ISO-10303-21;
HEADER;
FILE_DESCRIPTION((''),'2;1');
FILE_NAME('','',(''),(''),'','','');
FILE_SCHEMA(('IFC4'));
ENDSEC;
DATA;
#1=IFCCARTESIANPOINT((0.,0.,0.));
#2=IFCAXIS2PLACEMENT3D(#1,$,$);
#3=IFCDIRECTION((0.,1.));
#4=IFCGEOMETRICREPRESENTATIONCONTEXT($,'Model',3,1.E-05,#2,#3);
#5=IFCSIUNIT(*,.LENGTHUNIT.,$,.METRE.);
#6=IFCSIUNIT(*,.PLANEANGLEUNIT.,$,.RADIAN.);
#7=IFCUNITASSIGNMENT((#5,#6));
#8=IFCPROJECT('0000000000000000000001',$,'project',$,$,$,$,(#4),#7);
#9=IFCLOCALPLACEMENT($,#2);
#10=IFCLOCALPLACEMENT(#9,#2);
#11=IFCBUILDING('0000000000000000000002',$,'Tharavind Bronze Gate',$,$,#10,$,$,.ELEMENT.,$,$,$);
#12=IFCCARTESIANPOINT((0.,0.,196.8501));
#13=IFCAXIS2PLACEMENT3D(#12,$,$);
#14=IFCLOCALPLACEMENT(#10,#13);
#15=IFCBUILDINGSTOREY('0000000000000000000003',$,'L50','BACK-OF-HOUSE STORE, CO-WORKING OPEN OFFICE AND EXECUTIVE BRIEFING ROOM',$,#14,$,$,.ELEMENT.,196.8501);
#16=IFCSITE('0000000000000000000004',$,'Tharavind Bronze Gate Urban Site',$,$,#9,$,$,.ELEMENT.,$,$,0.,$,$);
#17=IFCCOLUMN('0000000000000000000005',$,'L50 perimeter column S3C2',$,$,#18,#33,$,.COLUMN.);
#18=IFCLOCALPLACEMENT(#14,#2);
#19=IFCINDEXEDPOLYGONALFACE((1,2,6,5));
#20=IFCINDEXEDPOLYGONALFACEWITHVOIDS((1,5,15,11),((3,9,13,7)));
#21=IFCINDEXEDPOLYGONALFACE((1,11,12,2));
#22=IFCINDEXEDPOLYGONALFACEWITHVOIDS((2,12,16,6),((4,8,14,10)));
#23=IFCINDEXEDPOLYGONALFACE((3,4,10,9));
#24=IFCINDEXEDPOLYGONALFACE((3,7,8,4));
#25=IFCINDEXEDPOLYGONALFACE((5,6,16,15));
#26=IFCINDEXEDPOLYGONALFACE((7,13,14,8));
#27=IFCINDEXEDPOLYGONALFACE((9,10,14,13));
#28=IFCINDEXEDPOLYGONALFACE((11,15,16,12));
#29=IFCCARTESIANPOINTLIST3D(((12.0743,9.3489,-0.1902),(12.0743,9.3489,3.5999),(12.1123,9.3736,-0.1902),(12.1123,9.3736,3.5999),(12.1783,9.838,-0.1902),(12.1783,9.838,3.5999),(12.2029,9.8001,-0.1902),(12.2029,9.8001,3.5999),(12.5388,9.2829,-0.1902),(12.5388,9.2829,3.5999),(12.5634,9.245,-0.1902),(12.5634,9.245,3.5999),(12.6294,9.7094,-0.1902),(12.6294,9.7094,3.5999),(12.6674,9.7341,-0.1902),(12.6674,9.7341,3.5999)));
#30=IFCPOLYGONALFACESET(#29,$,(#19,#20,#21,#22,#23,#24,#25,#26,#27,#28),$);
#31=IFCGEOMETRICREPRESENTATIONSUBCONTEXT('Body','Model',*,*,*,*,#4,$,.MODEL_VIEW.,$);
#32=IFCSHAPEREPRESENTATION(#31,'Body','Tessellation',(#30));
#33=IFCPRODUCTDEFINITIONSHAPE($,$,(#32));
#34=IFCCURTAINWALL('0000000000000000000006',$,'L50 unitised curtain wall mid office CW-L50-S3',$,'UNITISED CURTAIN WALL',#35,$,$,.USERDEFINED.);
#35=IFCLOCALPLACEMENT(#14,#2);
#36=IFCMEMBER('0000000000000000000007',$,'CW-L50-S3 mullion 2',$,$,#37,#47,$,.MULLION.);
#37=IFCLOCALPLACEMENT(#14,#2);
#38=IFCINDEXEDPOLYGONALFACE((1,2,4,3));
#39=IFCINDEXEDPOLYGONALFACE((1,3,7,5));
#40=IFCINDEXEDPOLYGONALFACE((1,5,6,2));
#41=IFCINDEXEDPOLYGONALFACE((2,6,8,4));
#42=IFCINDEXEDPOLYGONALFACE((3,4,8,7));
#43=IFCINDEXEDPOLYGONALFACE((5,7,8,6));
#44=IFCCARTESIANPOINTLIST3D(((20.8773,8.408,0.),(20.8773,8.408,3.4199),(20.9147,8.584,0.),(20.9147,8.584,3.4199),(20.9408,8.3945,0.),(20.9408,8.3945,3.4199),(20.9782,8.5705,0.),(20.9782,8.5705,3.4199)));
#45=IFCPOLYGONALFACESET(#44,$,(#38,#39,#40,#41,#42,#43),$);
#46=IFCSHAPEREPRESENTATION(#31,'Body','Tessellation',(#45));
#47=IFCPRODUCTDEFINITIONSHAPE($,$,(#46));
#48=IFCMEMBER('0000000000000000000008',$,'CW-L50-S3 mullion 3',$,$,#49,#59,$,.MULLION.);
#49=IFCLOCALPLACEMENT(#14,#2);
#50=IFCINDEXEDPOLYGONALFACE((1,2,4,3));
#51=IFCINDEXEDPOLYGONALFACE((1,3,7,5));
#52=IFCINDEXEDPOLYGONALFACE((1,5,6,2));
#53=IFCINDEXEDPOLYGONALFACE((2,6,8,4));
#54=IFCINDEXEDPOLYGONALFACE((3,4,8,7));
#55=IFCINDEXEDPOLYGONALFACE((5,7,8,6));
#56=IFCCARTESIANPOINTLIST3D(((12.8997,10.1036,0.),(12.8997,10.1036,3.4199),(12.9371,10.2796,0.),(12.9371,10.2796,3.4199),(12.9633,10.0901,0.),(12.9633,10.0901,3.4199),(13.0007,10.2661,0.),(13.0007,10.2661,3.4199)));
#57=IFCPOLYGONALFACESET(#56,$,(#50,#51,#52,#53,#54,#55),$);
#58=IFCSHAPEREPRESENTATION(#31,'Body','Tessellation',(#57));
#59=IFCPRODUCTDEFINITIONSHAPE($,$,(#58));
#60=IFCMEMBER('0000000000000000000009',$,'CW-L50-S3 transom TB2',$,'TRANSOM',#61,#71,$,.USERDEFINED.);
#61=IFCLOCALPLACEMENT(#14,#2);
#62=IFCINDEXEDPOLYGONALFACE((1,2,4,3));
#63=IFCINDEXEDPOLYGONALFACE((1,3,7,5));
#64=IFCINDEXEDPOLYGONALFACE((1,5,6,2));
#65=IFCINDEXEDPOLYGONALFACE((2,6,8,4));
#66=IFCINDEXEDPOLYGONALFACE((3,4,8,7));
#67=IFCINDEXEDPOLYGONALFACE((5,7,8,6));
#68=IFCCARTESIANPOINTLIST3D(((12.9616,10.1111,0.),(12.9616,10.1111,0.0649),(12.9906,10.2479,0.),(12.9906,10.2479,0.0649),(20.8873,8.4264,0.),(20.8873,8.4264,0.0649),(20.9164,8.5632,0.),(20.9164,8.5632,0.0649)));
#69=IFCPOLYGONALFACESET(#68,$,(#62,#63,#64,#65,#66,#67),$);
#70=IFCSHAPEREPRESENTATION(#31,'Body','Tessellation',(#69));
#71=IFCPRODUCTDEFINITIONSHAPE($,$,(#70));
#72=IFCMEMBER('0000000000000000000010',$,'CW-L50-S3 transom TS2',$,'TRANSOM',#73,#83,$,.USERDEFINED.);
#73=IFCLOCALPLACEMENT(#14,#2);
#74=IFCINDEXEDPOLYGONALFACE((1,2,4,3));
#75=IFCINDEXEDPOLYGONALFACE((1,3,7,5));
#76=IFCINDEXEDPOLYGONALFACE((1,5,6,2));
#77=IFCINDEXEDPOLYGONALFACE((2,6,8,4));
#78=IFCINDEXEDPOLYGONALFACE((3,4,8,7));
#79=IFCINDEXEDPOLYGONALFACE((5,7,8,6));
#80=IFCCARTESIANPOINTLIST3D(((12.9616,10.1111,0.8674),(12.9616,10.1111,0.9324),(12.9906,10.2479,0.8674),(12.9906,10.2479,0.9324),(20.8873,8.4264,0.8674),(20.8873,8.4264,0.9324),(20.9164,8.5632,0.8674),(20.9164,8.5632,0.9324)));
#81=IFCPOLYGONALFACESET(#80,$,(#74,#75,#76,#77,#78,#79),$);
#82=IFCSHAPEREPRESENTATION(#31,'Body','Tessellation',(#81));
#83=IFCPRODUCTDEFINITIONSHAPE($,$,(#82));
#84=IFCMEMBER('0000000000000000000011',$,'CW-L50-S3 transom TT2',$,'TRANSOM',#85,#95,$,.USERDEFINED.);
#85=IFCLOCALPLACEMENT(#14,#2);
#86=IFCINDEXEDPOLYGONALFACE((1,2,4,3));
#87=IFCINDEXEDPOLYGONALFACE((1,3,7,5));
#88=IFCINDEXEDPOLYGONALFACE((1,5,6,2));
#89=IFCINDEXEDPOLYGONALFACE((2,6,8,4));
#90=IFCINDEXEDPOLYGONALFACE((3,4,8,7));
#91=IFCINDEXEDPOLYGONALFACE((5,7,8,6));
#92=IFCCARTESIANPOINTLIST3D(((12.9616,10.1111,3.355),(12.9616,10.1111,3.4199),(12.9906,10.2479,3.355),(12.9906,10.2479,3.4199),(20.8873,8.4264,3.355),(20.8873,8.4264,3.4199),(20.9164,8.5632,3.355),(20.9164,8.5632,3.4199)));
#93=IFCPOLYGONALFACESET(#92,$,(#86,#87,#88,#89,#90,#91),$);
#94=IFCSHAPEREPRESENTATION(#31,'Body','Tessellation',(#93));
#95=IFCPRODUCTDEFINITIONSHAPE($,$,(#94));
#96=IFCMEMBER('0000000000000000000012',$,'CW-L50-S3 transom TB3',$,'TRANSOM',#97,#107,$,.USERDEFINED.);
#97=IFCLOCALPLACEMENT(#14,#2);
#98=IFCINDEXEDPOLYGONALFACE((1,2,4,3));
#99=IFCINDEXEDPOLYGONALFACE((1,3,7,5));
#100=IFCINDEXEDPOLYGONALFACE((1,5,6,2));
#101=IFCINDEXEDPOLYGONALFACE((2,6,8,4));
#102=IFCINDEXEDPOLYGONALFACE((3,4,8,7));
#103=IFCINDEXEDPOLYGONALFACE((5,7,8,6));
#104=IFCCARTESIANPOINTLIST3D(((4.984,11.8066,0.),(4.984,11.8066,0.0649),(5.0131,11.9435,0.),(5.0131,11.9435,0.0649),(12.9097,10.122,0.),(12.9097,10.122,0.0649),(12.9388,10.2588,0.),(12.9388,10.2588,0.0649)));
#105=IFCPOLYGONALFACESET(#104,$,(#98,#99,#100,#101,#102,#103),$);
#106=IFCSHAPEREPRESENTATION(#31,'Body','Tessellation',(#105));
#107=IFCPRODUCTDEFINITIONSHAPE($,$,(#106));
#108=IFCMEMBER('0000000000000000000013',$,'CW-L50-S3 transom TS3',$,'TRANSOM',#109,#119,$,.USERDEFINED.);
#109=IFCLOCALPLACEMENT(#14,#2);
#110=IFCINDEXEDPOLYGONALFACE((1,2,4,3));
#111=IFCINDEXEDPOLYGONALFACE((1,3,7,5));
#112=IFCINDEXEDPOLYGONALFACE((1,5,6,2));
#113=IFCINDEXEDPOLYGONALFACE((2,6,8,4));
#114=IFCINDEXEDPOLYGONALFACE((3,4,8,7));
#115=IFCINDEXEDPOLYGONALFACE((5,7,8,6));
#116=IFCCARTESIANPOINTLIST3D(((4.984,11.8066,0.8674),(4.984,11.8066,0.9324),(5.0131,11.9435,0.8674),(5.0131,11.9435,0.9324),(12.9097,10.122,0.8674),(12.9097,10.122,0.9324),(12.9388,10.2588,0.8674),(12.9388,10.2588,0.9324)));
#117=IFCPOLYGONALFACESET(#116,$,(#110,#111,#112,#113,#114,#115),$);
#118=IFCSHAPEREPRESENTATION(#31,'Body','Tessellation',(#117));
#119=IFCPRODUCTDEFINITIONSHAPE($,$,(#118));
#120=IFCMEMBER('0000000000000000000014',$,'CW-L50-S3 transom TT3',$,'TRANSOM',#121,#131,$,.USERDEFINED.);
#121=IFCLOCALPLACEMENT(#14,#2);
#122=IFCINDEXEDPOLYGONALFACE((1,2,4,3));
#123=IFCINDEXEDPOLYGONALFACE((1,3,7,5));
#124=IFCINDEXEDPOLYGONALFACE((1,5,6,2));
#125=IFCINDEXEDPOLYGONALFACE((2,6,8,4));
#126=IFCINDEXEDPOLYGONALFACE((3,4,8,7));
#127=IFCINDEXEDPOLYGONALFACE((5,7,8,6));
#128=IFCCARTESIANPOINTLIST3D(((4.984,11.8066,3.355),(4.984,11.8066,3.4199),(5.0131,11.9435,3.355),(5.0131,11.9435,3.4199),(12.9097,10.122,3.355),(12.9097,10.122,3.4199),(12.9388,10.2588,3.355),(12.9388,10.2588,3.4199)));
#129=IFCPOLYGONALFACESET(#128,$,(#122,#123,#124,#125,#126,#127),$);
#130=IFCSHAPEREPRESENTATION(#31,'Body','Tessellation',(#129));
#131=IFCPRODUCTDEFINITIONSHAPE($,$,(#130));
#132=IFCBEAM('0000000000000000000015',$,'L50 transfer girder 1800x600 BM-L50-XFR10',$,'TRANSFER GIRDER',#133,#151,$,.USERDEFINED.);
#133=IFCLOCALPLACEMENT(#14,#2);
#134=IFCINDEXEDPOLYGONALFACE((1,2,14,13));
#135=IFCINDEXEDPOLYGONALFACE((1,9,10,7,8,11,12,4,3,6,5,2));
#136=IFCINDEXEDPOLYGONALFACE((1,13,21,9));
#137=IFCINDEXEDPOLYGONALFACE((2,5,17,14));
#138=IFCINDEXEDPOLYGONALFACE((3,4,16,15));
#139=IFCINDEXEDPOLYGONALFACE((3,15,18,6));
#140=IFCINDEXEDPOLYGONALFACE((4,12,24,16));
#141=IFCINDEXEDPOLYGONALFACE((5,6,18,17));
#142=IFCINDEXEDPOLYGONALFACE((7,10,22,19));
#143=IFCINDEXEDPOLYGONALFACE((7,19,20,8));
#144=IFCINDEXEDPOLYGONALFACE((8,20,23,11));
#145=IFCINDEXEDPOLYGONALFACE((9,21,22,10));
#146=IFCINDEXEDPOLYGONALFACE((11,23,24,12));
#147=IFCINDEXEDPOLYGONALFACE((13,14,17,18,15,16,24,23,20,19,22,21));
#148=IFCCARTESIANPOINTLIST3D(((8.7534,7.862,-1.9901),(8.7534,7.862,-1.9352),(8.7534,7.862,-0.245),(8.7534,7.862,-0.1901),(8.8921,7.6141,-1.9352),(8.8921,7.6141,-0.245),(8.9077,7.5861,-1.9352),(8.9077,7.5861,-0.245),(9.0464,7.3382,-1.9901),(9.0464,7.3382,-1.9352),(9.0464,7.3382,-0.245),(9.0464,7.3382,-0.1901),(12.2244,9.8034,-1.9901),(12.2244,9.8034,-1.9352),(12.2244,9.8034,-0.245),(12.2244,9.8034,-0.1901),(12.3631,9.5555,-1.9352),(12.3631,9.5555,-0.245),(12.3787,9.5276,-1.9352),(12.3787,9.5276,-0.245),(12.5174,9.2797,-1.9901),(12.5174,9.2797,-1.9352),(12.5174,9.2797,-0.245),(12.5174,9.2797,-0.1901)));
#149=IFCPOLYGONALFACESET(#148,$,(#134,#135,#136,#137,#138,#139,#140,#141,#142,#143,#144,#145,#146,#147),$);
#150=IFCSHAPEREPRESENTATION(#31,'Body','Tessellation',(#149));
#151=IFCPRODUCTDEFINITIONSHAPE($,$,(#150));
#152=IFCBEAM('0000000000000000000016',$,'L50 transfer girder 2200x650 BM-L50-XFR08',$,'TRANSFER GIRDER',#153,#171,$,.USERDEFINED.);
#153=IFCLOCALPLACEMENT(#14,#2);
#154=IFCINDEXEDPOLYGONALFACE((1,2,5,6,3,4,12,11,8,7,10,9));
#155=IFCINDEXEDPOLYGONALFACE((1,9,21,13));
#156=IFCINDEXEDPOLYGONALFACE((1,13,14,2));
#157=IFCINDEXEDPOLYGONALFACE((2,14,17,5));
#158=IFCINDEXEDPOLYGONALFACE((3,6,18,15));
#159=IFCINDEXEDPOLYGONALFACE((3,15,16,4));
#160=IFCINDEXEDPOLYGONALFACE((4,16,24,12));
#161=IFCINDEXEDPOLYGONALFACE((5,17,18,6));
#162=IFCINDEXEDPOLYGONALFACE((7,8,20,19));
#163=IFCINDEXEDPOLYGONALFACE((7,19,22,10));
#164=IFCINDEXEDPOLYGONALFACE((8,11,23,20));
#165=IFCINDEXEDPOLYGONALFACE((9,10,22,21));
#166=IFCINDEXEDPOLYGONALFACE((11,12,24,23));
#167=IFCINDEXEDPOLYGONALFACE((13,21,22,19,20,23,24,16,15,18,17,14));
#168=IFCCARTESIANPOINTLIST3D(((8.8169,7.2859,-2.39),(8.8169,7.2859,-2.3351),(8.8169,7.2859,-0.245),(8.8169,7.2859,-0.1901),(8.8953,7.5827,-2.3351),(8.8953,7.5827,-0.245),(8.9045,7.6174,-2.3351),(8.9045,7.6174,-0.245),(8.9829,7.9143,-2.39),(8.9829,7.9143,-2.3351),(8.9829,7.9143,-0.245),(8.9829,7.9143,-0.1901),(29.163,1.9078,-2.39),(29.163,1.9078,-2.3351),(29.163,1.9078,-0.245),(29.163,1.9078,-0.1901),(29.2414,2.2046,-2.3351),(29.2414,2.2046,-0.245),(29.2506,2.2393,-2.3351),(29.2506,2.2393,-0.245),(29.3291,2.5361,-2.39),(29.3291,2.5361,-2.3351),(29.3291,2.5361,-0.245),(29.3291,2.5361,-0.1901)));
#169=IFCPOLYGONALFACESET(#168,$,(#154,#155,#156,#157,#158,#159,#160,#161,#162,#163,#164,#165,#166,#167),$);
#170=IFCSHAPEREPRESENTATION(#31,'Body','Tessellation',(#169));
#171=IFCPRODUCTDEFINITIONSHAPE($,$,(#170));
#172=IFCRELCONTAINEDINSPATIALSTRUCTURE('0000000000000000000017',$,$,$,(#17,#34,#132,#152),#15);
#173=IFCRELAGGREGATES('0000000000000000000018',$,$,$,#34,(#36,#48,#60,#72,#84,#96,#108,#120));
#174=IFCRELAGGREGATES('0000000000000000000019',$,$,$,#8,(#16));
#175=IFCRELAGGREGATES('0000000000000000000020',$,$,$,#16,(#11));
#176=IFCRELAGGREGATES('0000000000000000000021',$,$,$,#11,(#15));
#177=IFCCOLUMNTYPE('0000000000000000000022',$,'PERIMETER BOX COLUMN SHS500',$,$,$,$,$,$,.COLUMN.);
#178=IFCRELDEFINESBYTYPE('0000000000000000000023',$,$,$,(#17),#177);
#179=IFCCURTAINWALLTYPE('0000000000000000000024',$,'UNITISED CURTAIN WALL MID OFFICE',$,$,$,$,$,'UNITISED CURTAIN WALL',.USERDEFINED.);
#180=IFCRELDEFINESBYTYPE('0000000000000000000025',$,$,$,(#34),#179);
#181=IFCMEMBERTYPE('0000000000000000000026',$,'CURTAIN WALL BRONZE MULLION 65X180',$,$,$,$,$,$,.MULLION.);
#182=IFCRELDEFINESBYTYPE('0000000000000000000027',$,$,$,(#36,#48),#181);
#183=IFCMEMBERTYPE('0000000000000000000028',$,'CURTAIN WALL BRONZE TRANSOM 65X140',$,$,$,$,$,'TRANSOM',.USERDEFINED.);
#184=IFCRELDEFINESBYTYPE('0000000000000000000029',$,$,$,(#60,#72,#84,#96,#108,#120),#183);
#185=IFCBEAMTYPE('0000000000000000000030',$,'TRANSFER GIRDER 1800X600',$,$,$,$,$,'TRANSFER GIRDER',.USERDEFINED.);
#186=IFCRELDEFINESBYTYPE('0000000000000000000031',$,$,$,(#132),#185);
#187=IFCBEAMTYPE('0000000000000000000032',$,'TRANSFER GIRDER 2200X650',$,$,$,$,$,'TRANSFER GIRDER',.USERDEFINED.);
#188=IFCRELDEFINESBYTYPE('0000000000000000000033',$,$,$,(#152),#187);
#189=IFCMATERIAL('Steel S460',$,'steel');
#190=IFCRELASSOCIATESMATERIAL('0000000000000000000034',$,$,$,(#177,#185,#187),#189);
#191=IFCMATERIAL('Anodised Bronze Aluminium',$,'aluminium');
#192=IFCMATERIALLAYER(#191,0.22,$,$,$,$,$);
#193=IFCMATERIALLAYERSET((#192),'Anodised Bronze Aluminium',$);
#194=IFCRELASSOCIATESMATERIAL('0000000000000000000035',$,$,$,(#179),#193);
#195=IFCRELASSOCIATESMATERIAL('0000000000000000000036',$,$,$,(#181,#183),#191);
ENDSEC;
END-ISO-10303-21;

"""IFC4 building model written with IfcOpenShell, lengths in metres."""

from ifc_helpers import new_model, si_unit, direction, frame, origin, origin_2d, place, context, subcontext, project, spatial, rectangle, hollow_rectangle, i_section, extrude, material, layer, layer_set, material_profile, profile_set, type_object, element, aggregate, save


model = new_model("IFC4")

# Units and contexts
model_context = context("Model", 3, precision=1e-05, world=origin(), true_north=direction((0.0, 1.0)))
body_context = subcontext(model_context, "Body", "Model", "MODEL_VIEW")
ifc_project = project(units=[si_unit("LENGTHUNIT", "METRE"), si_unit("PLANEANGLEUNIT", "RADIAN")], contexts=[model_context])

# Site, building, storey
site_placement = place(None, origin())
site = spatial("IfcSite", under=ifc_project, at=site_placement, Name="Tharavind Bronze Gate Urban Site", CompositionType="ELEMENT", RefElevation=0.0)
building_placement = place(site_placement, origin())
building = spatial("IfcBuilding", under=site, at=building_placement, Name="Tharavind Bronze Gate", CompositionType="ELEMENT")
storey_placement = place(building_placement, frame((0.0, 0.0, 196.8501)))
storey = spatial("IfcBuildingStorey", under=building, at=storey_placement, Name="L50", Description="BACK-OF-HOUSE STORE, CO-WORKING OPEN OFFICE AND EXECUTIVE BRIEFING ROOM", CompositionType="ELEMENT", Elevation=196.8501)

# Column
ifc_material_1 = material(Name="Steel S460", Category="steel")
ifc_material_profile_1 = material_profile(ifc_material_1, hollow_rectangle(XDim=0.5, YDim=0.5, WallThickness=0.032, at=origin_2d()), Name="SHS500X32")
ifc_profile_set_1 = profile_set([ifc_material_profile_1], Name="Steel S460")
column_type = type_object("IfcColumnType", Name="PERIMETER BOX COLUMN SHS500", PredefinedType="COLUMN", material=ifc_profile_set_1)
column_placement = place(storey_placement, frame((12.3708, 9.5415, -0.1902), z_axis=(0.0, 0.0, 1.0), x_axis=(-0.978148, 0.207912, 0.0)))
element("IfcColumn", 1, at=column_placement, inside=storey, type_object=column_type, Name="L50 perimeter column S3C2", PredefinedType="COLUMN", context=body_context, shape_type="SweptSolid", body=[
    extrude(hollow_rectangle(XDim=0.5, YDim=0.5, WallThickness=0.032, at=origin_2d()), origin(), (0.0, 0.0, 1.0), 3.79),
])

# Curtain wall, members
ifc_material_2 = material(Name="Anodised Bronze Aluminium", Category="aluminium")
ifc_layer_1 = layer(ifc_material_2, 0.22)
ifc_layer_set_1 = layer_set([ifc_layer_1], Name="Anodised Bronze Aluminium")
curtain_wall_type = type_object("IfcCurtainWallType", Name="UNITISED CURTAIN WALL MID OFFICE", ElementType="UNITISED CURTAIN WALL", PredefinedType="USERDEFINED", material=ifc_layer_set_1)
curtain_wall_placement = place(storey_placement, origin())
curtain_wall = element("IfcCurtainWall", 2, at=curtain_wall_placement, inside=storey, type_object=curtain_wall_type, Name="L50 unitised curtain wall mid office CW-L50-S3", ObjectType="UNITISED CURTAIN WALL", PredefinedType="USERDEFINED")
member_type_1 = type_object("IfcMemberType", Name="CURTAIN WALL BRONZE MULLION 65X180", PredefinedType="MULLION", material=ifc_material_2)
member_1_placement = place(storey_placement, frame((20.9277, 8.4893, 0.0), z_axis=(0.0, 0.0, 1.0), x_axis=(-0.978148, 0.207912, 0.0)))
member_1 = element("IfcMember", 3, at=member_1_placement, type_object=member_type_1, Name="CW-L50-S3 mullion 2", PredefinedType="MULLION", context=body_context, shape_type="SweptSolid", body=[
    extrude(rectangle(XDim=0.0649, YDim=0.1799, at=origin_2d()), origin(), (0.0, 0.0, 1.0), 3.4199),
])
member_2_placement = place(storey_placement, frame((12.9502, 10.1848, 0.0), z_axis=(0.0, 0.0, 1.0), x_axis=(-0.978148, 0.207912, 0.0)))
member_2 = element("IfcMember", 4, at=member_2_placement, type_object=member_type_1, Name="CW-L50-S3 mullion 3", PredefinedType="MULLION", context=body_context, shape_type="SweptSolid", body=[
    extrude(rectangle(XDim=0.0649, YDim=0.1799, at=origin_2d()), origin(), (0.0, 0.0, 1.0), 3.4199),
])
member_type_2 = type_object("IfcMemberType", Name="CURTAIN WALL BRONZE TRANSOM 65X140", ElementType="TRANSOM", PredefinedType="USERDEFINED", material=ifc_material_2)
member_3_placement = place(storey_placement, frame((16.939, 9.3372, 0.0), z_axis=(0.0, 0.0, 1.0), x_axis=(-0.978148, 0.207912, 0.0)))
member_3 = element("IfcMember", 5, at=member_3_placement, type_object=member_type_2, Name="CW-L50-S3 transom TB2", ObjectType="TRANSOM", PredefinedType="USERDEFINED", context=body_context, shape_type="SweptSolid", body=[
    extrude(rectangle(XDim=8.1028, YDim=0.1399, at=origin_2d()), origin(), (0.0, 0.0, 1.0), 0.0649),
])
member_4_placement = place(storey_placement, frame((16.939, 9.3372, 0.8674), z_axis=(0.0, 0.0, 1.0), x_axis=(-0.978148, 0.207912, 0.0)))
member_4 = element("IfcMember", 6, at=member_4_placement, type_object=member_type_2, Name="CW-L50-S3 transom TS2", ObjectType="TRANSOM", PredefinedType="USERDEFINED", context=body_context, shape_type="SweptSolid", body=[
    extrude(rectangle(XDim=8.1028, YDim=0.1399, at=origin_2d()), origin(), (0.0, 0.0, 1.0), 0.0649),
])
member_5_placement = place(storey_placement, frame((16.939, 9.3372, 3.355), z_axis=(0.0, 0.0, 1.0), x_axis=(-0.978148, 0.207912, 0.0)))
member_5 = element("IfcMember", 7, at=member_5_placement, type_object=member_type_2, Name="CW-L50-S3 transom TT2", ObjectType="TRANSOM", PredefinedType="USERDEFINED", context=body_context, shape_type="SweptSolid", body=[
    extrude(rectangle(XDim=8.1028, YDim=0.1399, at=origin_2d()), origin(), (0.0, 0.0, 1.0), 0.0649),
])
member_6_placement = place(storey_placement, frame((8.9614, 11.0327, 0.0), z_axis=(0.0, 0.0, 1.0), x_axis=(-0.978148, 0.207912, 0.0)))
member_6 = element("IfcMember", 8, at=member_6_placement, type_object=member_type_2, Name="CW-L50-S3 transom TB3", ObjectType="TRANSOM", PredefinedType="USERDEFINED", context=body_context, shape_type="SweptSolid", body=[
    extrude(rectangle(XDim=8.1028, YDim=0.1399, at=origin_2d()), origin(), (0.0, 0.0, 1.0), 0.0649),
])
member_7_placement = place(storey_placement, frame((8.9614, 11.0327, 0.8674), z_axis=(0.0, 0.0, 1.0), x_axis=(-0.978148, 0.207912, 0.0)))
member_7 = element("IfcMember", 9, at=member_7_placement, type_object=member_type_2, Name="CW-L50-S3 transom TS3", ObjectType="TRANSOM", PredefinedType="USERDEFINED", context=body_context, shape_type="SweptSolid", body=[
    extrude(rectangle(XDim=8.1028, YDim=0.1399, at=origin_2d()), origin(), (0.0, 0.0, 1.0), 0.0649),
])
member_8_placement = place(storey_placement, frame((8.9614, 11.0327, 3.355), z_axis=(0.0, 0.0, 1.0), x_axis=(-0.978148, 0.207912, 0.0)))
member_8 = element("IfcMember", 10, at=member_8_placement, type_object=member_type_2, Name="CW-L50-S3 transom TT3", ObjectType="TRANSOM", PredefinedType="USERDEFINED", context=body_context, shape_type="SweptSolid", body=[
    extrude(rectangle(XDim=8.1028, YDim=0.1399, at=origin_2d()), origin(), (0.0, 0.0, 1.0), 0.0649),
])

# Beams
ifc_material_profile_2 = material_profile(ifc_material_1, i_section(OverallWidth=0.6001, OverallDepth=1.8, WebThickness=0.032, FlangeThickness=0.0549, at=origin_2d()), Name="PG1800X600")
ifc_profile_set_2 = profile_set([ifc_material_profile_2], Name="Steel S460")
beam_type_1 = type_object("IfcBeamType", Name="TRANSFER GIRDER 1800X600", ElementType="TRANSFER GIRDER", PredefinedType="USERDEFINED", material=ifc_profile_set_2)
beam_1_placement = place(storey_placement, frame((8.8999, 7.6001, -1.0901), z_axis=(0.872755, 0.488158, 0.0), x_axis=(-0.488158, 0.872755, 0.0)))
element("IfcBeam", 11, at=beam_1_placement, inside=storey, type_object=beam_type_1, Name="L50 transfer girder 1800x600 BM-L50-XFR10", ObjectType="TRANSFER GIRDER", PredefinedType="USERDEFINED", context=body_context, shape_type="SweptSolid", body=[
    extrude(i_section(OverallWidth=0.6001, OverallDepth=1.8, WebThickness=0.032, FlangeThickness=0.0549, at=origin_2d()), origin(), (0.0, 0.0, 1.0), 3.9771),
])
ifc_material_profile_3 = material_profile(ifc_material_1, i_section(OverallWidth=0.6499, OverallDepth=2.2, WebThickness=0.0359, FlangeThickness=0.0549, at=origin_2d()), Name="PG2200X650")
ifc_profile_set_3 = profile_set([ifc_material_profile_3], Name="Steel S460")
beam_type_2 = type_object("IfcBeamType", Name="TRANSFER GIRDER 2200X650", ElementType="TRANSFER GIRDER", PredefinedType="USERDEFINED", material=ifc_profile_set_3)
beam_2_placement = place(storey_placement, frame((8.8999, 7.6001, -1.29), z_axis=(0.966794, -0.255556, 0.0), x_axis=(0.255556, 0.966794, 0.0)))
element("IfcBeam", 12, at=beam_2_placement, inside=storey, type_object=beam_type_2, Name="L50 transfer girder 2200x650 BM-L50-XFR08", ObjectType="TRANSFER GIRDER", PredefinedType="USERDEFINED", context=body_context, shape_type="SweptSolid", body=[
    extrude(i_section(OverallWidth=0.6499, OverallDepth=2.2, WebThickness=0.0359, FlangeThickness=0.0549, at=origin_2d()), origin(), (0.0, 0.0, 1.0), 21.0449),
])

aggregate(curtain_wall, [member_1, member_2, member_3, member_4, member_5, member_6, member_7, member_8])

save(model, "model.ifc")
